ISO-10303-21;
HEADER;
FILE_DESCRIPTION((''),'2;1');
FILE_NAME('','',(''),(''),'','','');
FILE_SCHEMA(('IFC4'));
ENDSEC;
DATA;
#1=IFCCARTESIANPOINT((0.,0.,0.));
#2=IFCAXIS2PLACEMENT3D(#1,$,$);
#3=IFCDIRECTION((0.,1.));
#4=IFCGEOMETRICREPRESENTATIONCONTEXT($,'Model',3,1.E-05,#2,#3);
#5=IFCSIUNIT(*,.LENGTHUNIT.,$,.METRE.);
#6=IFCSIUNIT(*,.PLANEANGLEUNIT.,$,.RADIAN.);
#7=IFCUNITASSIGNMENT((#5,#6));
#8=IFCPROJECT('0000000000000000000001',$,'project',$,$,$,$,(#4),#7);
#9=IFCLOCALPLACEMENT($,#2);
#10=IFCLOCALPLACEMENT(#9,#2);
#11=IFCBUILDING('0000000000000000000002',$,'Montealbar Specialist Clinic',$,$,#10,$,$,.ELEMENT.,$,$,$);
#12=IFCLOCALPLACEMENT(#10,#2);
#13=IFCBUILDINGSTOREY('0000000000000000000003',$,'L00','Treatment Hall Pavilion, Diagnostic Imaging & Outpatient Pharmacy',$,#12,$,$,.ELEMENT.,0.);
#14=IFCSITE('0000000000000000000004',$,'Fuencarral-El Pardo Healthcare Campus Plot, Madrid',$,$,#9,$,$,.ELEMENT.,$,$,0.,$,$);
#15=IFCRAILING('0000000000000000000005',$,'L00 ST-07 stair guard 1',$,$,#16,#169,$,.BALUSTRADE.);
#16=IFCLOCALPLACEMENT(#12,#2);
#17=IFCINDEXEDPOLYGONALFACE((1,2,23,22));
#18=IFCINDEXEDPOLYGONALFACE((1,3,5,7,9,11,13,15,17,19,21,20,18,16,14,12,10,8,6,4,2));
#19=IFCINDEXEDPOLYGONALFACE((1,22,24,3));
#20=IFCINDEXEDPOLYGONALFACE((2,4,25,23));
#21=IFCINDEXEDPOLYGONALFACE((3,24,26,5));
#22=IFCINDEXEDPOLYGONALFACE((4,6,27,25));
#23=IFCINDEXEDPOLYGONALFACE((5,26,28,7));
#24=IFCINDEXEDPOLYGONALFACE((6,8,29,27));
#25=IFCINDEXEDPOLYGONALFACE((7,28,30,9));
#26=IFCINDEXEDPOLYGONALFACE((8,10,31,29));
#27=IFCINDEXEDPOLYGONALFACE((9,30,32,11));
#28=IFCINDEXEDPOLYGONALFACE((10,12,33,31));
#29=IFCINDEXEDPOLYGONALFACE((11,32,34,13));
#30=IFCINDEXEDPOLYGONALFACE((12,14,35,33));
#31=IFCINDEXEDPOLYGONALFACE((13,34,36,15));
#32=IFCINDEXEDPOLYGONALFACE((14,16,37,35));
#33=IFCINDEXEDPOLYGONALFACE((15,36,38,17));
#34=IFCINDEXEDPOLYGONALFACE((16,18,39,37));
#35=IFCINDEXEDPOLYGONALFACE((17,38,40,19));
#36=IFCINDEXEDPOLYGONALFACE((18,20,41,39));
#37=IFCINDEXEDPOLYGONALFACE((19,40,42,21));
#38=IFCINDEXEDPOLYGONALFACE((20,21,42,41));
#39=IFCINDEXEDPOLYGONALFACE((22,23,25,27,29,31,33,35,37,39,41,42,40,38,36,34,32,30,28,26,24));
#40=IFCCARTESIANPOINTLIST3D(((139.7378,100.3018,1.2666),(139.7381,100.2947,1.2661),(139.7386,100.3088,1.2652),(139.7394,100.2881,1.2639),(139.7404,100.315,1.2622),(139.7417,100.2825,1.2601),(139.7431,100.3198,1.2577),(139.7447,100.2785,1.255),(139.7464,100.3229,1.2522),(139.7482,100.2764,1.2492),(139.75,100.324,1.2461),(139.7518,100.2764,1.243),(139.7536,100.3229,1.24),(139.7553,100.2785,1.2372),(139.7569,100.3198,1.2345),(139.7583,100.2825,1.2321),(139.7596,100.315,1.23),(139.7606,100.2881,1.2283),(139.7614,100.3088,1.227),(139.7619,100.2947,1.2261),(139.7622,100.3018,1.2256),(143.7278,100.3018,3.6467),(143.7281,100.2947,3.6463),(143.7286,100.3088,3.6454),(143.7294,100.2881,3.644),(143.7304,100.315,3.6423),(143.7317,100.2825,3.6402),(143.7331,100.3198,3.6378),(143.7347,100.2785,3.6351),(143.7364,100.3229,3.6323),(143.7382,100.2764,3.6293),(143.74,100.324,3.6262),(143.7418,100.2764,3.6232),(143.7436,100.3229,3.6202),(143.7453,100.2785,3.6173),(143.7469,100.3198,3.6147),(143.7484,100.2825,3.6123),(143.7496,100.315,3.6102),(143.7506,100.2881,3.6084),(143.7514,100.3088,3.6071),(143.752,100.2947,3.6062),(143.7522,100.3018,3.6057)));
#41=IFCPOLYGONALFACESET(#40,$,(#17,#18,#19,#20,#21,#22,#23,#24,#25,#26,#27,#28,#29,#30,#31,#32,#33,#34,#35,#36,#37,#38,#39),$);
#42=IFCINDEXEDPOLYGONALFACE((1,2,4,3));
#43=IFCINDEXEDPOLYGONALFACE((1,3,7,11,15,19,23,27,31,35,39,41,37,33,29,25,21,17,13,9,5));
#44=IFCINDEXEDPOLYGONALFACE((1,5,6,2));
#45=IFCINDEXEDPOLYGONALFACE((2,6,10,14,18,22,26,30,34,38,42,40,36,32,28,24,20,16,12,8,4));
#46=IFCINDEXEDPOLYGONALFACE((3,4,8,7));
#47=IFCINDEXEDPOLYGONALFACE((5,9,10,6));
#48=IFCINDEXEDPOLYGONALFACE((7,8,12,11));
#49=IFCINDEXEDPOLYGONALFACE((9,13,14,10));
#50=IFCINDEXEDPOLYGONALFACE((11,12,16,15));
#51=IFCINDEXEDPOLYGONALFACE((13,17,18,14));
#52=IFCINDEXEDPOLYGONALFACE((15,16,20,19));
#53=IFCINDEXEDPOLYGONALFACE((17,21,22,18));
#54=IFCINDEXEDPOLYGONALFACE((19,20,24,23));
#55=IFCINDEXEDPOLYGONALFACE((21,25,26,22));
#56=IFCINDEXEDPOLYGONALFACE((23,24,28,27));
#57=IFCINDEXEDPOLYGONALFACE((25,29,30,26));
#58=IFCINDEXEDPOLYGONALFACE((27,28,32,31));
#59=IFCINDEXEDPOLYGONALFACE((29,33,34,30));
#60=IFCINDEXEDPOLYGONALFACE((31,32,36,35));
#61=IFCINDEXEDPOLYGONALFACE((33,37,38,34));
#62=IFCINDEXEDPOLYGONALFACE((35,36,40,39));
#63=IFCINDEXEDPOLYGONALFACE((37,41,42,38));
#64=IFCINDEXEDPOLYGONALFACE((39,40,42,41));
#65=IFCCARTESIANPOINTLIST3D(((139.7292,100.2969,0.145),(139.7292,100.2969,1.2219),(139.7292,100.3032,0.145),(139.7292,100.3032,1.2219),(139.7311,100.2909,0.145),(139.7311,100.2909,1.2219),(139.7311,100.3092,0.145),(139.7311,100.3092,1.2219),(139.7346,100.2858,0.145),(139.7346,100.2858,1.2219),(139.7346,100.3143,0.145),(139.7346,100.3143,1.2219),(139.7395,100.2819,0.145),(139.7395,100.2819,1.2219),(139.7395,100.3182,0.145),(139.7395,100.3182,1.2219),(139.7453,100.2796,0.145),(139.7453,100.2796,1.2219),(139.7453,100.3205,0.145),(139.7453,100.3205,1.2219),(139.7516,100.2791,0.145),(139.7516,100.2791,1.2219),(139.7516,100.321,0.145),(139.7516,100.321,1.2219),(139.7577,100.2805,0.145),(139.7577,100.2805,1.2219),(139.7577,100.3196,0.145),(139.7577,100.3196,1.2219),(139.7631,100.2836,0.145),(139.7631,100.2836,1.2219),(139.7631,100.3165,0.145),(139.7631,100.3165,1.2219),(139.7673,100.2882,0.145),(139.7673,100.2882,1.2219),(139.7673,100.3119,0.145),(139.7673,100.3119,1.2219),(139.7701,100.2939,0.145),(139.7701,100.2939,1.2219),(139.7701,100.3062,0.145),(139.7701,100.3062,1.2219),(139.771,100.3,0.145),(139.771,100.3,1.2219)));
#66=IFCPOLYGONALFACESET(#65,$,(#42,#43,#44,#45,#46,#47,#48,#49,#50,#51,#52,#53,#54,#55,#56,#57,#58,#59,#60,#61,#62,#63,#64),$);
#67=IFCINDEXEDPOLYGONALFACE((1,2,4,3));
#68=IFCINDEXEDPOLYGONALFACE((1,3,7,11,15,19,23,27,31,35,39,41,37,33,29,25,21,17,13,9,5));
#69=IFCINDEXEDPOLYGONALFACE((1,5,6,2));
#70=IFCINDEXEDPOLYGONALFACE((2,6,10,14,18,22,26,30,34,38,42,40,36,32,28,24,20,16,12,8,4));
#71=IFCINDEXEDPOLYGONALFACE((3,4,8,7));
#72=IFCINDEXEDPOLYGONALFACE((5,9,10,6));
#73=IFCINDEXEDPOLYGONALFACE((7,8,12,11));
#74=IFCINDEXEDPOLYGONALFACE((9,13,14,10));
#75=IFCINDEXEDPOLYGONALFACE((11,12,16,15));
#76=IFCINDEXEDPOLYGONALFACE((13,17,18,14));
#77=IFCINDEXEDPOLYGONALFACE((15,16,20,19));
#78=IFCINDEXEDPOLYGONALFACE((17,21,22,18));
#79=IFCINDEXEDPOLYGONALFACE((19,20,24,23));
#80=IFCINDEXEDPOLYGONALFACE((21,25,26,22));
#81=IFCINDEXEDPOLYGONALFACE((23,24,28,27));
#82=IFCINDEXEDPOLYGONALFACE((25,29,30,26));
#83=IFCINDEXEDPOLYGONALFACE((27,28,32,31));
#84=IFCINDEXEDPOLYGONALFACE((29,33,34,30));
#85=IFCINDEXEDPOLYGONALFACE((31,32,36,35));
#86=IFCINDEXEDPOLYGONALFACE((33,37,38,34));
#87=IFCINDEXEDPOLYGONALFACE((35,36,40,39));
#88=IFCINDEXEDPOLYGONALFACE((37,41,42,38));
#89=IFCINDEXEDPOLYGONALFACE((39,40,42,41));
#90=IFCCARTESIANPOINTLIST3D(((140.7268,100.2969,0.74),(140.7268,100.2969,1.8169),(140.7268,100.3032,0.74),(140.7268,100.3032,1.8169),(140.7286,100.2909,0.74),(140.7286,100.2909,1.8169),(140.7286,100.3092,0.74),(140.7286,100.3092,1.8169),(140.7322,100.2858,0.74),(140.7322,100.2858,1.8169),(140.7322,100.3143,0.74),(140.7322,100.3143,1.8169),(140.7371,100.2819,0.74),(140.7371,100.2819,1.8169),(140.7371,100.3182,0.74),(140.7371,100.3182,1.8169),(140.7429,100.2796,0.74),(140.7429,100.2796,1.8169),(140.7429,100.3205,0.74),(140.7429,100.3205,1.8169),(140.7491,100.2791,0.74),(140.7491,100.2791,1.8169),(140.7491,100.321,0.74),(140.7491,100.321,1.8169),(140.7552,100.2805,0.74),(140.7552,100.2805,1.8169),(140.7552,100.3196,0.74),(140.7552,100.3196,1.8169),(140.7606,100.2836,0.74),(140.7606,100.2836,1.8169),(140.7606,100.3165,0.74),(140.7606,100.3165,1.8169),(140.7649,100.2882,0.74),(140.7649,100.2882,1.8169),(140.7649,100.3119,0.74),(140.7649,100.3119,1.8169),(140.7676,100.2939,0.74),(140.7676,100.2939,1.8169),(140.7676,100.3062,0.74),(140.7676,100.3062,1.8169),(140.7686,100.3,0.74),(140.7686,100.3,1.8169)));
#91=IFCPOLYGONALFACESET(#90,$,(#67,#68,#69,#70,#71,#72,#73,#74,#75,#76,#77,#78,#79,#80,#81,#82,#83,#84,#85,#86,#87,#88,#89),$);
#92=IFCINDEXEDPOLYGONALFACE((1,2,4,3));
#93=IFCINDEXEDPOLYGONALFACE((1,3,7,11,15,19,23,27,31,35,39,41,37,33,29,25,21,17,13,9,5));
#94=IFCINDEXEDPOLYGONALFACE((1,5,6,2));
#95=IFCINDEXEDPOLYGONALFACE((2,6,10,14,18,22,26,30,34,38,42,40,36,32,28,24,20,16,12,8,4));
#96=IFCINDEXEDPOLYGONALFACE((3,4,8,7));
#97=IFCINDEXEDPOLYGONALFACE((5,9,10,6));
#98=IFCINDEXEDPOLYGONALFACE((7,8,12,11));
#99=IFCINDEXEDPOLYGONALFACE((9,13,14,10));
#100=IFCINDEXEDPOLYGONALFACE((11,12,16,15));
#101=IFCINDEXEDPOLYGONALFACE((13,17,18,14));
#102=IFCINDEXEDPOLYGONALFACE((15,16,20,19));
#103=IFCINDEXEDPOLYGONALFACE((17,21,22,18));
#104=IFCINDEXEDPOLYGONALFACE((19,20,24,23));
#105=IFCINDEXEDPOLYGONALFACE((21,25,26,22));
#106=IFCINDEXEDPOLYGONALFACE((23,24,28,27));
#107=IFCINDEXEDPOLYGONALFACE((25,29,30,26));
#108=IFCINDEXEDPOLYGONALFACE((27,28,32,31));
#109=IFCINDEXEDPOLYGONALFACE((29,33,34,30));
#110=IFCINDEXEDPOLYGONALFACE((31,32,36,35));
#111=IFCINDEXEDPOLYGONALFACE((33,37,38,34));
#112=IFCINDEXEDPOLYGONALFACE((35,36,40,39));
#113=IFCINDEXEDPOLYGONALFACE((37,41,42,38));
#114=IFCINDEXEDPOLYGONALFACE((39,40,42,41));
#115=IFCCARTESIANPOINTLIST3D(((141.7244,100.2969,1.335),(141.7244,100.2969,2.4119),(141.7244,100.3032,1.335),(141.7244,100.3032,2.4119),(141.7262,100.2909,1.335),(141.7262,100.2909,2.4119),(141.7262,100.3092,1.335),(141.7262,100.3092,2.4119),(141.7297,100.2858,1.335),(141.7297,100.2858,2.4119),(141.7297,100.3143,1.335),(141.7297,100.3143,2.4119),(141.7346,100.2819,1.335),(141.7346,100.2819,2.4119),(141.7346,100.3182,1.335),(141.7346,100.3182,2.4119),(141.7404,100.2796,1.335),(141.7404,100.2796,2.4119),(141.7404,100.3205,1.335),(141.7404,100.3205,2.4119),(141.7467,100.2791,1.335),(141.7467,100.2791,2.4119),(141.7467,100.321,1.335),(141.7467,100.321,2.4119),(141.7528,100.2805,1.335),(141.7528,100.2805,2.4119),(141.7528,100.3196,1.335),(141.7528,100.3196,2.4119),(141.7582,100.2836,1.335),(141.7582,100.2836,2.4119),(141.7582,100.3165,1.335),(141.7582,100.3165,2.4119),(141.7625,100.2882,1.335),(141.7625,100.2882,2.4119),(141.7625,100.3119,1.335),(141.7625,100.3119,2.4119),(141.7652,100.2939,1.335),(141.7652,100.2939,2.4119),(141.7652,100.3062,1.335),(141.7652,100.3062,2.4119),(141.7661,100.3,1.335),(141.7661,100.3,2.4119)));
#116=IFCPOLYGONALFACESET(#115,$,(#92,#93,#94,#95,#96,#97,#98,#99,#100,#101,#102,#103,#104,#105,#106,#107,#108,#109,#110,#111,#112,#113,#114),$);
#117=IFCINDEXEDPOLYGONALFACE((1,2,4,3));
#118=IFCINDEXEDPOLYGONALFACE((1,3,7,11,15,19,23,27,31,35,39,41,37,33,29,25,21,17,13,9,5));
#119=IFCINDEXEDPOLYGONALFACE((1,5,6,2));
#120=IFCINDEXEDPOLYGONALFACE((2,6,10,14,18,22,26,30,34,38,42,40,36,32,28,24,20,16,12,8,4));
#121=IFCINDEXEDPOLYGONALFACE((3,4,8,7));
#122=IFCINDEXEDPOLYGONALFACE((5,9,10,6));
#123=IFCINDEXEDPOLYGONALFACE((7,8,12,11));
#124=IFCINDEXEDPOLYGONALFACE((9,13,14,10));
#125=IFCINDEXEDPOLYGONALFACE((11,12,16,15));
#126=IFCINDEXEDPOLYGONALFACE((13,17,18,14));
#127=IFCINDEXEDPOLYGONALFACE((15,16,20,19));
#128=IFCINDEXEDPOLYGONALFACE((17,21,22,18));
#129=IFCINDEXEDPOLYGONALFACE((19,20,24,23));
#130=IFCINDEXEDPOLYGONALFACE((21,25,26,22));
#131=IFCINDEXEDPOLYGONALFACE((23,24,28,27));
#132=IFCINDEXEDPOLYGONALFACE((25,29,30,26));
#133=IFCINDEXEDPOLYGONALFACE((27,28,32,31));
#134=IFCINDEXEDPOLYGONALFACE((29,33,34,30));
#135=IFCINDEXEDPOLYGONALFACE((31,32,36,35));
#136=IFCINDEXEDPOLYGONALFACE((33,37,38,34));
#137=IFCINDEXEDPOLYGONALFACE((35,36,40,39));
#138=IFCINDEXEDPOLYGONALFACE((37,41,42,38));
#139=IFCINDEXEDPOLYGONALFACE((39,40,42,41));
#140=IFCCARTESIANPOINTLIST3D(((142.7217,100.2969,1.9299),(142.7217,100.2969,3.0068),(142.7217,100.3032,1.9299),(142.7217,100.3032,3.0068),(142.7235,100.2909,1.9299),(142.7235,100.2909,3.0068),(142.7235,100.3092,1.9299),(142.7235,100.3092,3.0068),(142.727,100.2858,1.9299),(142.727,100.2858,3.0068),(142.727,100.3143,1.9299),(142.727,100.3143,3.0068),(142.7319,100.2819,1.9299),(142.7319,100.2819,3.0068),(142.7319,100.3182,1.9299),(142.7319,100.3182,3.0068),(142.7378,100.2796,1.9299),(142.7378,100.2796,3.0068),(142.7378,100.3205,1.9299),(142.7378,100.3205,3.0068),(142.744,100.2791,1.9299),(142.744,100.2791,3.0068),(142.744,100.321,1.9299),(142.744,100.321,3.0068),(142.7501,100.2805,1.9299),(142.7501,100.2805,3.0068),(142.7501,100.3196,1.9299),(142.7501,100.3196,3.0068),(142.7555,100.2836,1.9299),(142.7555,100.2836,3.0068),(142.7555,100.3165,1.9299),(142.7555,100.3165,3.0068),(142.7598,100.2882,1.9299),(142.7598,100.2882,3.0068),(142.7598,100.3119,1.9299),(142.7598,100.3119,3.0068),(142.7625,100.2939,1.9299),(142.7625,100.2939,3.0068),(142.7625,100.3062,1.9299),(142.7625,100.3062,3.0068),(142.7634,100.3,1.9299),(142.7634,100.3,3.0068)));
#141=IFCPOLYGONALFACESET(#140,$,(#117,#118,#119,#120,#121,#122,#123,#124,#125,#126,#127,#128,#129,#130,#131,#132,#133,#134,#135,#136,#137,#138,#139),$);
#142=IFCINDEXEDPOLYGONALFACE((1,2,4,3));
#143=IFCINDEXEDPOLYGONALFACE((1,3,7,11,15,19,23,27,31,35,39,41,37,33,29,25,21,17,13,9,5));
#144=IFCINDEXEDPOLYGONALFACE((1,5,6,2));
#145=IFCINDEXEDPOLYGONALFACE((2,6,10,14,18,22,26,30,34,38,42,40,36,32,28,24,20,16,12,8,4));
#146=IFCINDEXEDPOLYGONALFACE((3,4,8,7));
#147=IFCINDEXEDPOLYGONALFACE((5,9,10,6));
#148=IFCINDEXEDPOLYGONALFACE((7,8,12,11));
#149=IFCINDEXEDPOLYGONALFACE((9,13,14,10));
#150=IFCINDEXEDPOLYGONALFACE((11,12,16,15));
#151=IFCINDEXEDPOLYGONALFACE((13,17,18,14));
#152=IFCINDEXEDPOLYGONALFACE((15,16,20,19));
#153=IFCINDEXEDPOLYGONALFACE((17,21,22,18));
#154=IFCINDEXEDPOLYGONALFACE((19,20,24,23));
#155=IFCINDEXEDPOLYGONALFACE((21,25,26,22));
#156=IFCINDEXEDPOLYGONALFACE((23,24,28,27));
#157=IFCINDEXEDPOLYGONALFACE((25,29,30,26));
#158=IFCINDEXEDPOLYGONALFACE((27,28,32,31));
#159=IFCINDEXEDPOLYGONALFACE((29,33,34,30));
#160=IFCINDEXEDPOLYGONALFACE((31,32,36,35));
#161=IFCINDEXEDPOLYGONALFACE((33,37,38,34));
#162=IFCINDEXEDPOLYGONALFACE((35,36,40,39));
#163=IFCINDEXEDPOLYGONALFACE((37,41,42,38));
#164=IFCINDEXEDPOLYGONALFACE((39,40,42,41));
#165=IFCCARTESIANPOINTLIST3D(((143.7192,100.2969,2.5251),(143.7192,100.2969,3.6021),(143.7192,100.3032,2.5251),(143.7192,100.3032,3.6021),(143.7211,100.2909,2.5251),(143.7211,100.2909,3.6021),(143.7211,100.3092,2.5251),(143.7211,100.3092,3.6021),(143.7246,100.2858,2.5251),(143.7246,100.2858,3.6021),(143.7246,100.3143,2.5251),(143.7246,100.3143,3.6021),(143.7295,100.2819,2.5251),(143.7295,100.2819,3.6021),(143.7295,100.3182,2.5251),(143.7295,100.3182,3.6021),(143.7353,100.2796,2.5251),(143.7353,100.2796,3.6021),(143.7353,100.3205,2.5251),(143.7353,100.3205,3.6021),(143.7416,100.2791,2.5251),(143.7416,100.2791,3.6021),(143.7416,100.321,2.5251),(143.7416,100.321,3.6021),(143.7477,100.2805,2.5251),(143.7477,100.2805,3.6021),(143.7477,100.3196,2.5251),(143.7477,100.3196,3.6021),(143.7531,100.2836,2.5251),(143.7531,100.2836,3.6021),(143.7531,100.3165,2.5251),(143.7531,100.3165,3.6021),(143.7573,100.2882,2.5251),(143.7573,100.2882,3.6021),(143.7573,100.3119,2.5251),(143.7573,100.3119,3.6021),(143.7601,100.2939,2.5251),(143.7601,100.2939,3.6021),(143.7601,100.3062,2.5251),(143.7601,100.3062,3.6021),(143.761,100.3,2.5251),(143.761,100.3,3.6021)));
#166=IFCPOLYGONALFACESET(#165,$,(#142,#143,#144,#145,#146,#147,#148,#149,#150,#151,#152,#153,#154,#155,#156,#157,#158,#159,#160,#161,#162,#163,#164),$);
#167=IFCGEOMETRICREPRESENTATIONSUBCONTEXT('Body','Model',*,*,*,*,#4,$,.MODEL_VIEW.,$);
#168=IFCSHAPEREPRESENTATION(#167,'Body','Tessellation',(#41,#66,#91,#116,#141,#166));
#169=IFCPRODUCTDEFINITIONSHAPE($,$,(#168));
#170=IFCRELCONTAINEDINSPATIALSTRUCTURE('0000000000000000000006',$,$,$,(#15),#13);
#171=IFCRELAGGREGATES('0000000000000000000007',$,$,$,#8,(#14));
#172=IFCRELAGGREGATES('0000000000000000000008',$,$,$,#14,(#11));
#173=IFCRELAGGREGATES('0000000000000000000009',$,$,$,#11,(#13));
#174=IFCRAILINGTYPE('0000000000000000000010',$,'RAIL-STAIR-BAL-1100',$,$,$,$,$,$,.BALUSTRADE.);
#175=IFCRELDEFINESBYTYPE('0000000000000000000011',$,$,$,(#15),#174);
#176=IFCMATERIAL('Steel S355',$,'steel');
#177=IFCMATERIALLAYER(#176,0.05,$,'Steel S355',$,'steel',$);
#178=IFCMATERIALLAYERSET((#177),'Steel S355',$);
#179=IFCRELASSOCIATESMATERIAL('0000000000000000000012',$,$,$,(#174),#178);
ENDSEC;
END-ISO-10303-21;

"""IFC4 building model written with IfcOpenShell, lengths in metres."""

from ifc_helpers import new_model, si_unit, direction, frame, origin, origin_2d, place, context, subcontext, project, spatial, circle, extrude, material, layer, layer_set, type_object, element, save


model = new_model("IFC4")

# Units and contexts
model_context = context("Model", 3, precision=1e-05, world=origin(), true_north=direction((0.0, 1.0)))
body_context = subcontext(model_context, "Body", "Model", "MODEL_VIEW")
ifc_project = project(units=[si_unit("LENGTHUNIT", "METRE"), si_unit("PLANEANGLEUNIT", "RADIAN")], contexts=[model_context])

# Site, building, storey
site_placement = place(None, origin())
site = spatial("IfcSite", under=ifc_project, at=site_placement, Name="Fuencarral-El Pardo Healthcare Campus Plot, Madrid", CompositionType="ELEMENT", RefElevation=0.0)
building_placement = place(site_placement, origin())
building = spatial("IfcBuilding", under=site, at=building_placement, Name="Montealbar Specialist Clinic", CompositionType="ELEMENT")
storey_placement = place(building_placement, origin())
storey = spatial("IfcBuildingStorey", under=building, at=storey_placement, Name="L00", Description="Treatment Hall Pavilion, Diagnostic Imaging & Outpatient Pharmacy", CompositionType="ELEMENT", Elevation=0.0)

# Shared definitions
ifc_material_1 = material(Name="Steel S355", Category="steel")

# Railing
ifc_layer_1 = layer(ifc_material_1, 0.05, Name="Steel S355", Category="steel")
ifc_layer_set_1 = layer_set([ifc_layer_1], Name="Steel S355")
railing_type_1 = type_object("IfcRailingType", Name="RAIL-STAIR-BAL-1100", PredefinedType="BALUSTRADE", material=ifc_layer_set_1)
railing_1_placement = place(storey_placement, frame((139.75, 100.3, 0.1699)))
element("IfcRailing", 1, at=railing_1_placement, inside=storey, type_object=railing_type_1, Name="L00 ST-07 stair guard 1", PredefinedType="BALUSTRADE", context=body_context, shape_type="SweptSolid", body=[
    extrude(circle(Radius=0.0239, at=origin_2d()), frame((0.0, 0.0, 1.0762), z_axis=(0.858807, 0.0, 0.512299), x_axis=(0.0, 1.0, 0.0)), (0.0, 0.0, 1.0), 4.646),
    extrude(circle(Radius=0.021, at=origin_2d()), frame((0.0, 0.0, -0.0249)), (0.0, 0.0, 1.0), 1.0769),
    extrude(circle(Radius=0.021, at=origin_2d()), frame((0.9976, 0.0, 0.5701)), (0.0, 0.0, 1.0), 1.0769),
    extrude(circle(Radius=0.021, at=origin_2d()), frame((1.9951, 0.0, 1.165)), (0.0, 0.0, 1.0), 1.0769),
    extrude(circle(Radius=0.021, at=origin_2d()), frame((2.9924, 0.0, 1.76)), (0.0, 0.0, 1.0), 1.0769),
    extrude(circle(Radius=0.021, at=origin_2d()), frame((3.99, 0.0, 2.3552)), (0.0, 0.0, 1.0), 1.0769),
])

save(model, "model.ifc")
